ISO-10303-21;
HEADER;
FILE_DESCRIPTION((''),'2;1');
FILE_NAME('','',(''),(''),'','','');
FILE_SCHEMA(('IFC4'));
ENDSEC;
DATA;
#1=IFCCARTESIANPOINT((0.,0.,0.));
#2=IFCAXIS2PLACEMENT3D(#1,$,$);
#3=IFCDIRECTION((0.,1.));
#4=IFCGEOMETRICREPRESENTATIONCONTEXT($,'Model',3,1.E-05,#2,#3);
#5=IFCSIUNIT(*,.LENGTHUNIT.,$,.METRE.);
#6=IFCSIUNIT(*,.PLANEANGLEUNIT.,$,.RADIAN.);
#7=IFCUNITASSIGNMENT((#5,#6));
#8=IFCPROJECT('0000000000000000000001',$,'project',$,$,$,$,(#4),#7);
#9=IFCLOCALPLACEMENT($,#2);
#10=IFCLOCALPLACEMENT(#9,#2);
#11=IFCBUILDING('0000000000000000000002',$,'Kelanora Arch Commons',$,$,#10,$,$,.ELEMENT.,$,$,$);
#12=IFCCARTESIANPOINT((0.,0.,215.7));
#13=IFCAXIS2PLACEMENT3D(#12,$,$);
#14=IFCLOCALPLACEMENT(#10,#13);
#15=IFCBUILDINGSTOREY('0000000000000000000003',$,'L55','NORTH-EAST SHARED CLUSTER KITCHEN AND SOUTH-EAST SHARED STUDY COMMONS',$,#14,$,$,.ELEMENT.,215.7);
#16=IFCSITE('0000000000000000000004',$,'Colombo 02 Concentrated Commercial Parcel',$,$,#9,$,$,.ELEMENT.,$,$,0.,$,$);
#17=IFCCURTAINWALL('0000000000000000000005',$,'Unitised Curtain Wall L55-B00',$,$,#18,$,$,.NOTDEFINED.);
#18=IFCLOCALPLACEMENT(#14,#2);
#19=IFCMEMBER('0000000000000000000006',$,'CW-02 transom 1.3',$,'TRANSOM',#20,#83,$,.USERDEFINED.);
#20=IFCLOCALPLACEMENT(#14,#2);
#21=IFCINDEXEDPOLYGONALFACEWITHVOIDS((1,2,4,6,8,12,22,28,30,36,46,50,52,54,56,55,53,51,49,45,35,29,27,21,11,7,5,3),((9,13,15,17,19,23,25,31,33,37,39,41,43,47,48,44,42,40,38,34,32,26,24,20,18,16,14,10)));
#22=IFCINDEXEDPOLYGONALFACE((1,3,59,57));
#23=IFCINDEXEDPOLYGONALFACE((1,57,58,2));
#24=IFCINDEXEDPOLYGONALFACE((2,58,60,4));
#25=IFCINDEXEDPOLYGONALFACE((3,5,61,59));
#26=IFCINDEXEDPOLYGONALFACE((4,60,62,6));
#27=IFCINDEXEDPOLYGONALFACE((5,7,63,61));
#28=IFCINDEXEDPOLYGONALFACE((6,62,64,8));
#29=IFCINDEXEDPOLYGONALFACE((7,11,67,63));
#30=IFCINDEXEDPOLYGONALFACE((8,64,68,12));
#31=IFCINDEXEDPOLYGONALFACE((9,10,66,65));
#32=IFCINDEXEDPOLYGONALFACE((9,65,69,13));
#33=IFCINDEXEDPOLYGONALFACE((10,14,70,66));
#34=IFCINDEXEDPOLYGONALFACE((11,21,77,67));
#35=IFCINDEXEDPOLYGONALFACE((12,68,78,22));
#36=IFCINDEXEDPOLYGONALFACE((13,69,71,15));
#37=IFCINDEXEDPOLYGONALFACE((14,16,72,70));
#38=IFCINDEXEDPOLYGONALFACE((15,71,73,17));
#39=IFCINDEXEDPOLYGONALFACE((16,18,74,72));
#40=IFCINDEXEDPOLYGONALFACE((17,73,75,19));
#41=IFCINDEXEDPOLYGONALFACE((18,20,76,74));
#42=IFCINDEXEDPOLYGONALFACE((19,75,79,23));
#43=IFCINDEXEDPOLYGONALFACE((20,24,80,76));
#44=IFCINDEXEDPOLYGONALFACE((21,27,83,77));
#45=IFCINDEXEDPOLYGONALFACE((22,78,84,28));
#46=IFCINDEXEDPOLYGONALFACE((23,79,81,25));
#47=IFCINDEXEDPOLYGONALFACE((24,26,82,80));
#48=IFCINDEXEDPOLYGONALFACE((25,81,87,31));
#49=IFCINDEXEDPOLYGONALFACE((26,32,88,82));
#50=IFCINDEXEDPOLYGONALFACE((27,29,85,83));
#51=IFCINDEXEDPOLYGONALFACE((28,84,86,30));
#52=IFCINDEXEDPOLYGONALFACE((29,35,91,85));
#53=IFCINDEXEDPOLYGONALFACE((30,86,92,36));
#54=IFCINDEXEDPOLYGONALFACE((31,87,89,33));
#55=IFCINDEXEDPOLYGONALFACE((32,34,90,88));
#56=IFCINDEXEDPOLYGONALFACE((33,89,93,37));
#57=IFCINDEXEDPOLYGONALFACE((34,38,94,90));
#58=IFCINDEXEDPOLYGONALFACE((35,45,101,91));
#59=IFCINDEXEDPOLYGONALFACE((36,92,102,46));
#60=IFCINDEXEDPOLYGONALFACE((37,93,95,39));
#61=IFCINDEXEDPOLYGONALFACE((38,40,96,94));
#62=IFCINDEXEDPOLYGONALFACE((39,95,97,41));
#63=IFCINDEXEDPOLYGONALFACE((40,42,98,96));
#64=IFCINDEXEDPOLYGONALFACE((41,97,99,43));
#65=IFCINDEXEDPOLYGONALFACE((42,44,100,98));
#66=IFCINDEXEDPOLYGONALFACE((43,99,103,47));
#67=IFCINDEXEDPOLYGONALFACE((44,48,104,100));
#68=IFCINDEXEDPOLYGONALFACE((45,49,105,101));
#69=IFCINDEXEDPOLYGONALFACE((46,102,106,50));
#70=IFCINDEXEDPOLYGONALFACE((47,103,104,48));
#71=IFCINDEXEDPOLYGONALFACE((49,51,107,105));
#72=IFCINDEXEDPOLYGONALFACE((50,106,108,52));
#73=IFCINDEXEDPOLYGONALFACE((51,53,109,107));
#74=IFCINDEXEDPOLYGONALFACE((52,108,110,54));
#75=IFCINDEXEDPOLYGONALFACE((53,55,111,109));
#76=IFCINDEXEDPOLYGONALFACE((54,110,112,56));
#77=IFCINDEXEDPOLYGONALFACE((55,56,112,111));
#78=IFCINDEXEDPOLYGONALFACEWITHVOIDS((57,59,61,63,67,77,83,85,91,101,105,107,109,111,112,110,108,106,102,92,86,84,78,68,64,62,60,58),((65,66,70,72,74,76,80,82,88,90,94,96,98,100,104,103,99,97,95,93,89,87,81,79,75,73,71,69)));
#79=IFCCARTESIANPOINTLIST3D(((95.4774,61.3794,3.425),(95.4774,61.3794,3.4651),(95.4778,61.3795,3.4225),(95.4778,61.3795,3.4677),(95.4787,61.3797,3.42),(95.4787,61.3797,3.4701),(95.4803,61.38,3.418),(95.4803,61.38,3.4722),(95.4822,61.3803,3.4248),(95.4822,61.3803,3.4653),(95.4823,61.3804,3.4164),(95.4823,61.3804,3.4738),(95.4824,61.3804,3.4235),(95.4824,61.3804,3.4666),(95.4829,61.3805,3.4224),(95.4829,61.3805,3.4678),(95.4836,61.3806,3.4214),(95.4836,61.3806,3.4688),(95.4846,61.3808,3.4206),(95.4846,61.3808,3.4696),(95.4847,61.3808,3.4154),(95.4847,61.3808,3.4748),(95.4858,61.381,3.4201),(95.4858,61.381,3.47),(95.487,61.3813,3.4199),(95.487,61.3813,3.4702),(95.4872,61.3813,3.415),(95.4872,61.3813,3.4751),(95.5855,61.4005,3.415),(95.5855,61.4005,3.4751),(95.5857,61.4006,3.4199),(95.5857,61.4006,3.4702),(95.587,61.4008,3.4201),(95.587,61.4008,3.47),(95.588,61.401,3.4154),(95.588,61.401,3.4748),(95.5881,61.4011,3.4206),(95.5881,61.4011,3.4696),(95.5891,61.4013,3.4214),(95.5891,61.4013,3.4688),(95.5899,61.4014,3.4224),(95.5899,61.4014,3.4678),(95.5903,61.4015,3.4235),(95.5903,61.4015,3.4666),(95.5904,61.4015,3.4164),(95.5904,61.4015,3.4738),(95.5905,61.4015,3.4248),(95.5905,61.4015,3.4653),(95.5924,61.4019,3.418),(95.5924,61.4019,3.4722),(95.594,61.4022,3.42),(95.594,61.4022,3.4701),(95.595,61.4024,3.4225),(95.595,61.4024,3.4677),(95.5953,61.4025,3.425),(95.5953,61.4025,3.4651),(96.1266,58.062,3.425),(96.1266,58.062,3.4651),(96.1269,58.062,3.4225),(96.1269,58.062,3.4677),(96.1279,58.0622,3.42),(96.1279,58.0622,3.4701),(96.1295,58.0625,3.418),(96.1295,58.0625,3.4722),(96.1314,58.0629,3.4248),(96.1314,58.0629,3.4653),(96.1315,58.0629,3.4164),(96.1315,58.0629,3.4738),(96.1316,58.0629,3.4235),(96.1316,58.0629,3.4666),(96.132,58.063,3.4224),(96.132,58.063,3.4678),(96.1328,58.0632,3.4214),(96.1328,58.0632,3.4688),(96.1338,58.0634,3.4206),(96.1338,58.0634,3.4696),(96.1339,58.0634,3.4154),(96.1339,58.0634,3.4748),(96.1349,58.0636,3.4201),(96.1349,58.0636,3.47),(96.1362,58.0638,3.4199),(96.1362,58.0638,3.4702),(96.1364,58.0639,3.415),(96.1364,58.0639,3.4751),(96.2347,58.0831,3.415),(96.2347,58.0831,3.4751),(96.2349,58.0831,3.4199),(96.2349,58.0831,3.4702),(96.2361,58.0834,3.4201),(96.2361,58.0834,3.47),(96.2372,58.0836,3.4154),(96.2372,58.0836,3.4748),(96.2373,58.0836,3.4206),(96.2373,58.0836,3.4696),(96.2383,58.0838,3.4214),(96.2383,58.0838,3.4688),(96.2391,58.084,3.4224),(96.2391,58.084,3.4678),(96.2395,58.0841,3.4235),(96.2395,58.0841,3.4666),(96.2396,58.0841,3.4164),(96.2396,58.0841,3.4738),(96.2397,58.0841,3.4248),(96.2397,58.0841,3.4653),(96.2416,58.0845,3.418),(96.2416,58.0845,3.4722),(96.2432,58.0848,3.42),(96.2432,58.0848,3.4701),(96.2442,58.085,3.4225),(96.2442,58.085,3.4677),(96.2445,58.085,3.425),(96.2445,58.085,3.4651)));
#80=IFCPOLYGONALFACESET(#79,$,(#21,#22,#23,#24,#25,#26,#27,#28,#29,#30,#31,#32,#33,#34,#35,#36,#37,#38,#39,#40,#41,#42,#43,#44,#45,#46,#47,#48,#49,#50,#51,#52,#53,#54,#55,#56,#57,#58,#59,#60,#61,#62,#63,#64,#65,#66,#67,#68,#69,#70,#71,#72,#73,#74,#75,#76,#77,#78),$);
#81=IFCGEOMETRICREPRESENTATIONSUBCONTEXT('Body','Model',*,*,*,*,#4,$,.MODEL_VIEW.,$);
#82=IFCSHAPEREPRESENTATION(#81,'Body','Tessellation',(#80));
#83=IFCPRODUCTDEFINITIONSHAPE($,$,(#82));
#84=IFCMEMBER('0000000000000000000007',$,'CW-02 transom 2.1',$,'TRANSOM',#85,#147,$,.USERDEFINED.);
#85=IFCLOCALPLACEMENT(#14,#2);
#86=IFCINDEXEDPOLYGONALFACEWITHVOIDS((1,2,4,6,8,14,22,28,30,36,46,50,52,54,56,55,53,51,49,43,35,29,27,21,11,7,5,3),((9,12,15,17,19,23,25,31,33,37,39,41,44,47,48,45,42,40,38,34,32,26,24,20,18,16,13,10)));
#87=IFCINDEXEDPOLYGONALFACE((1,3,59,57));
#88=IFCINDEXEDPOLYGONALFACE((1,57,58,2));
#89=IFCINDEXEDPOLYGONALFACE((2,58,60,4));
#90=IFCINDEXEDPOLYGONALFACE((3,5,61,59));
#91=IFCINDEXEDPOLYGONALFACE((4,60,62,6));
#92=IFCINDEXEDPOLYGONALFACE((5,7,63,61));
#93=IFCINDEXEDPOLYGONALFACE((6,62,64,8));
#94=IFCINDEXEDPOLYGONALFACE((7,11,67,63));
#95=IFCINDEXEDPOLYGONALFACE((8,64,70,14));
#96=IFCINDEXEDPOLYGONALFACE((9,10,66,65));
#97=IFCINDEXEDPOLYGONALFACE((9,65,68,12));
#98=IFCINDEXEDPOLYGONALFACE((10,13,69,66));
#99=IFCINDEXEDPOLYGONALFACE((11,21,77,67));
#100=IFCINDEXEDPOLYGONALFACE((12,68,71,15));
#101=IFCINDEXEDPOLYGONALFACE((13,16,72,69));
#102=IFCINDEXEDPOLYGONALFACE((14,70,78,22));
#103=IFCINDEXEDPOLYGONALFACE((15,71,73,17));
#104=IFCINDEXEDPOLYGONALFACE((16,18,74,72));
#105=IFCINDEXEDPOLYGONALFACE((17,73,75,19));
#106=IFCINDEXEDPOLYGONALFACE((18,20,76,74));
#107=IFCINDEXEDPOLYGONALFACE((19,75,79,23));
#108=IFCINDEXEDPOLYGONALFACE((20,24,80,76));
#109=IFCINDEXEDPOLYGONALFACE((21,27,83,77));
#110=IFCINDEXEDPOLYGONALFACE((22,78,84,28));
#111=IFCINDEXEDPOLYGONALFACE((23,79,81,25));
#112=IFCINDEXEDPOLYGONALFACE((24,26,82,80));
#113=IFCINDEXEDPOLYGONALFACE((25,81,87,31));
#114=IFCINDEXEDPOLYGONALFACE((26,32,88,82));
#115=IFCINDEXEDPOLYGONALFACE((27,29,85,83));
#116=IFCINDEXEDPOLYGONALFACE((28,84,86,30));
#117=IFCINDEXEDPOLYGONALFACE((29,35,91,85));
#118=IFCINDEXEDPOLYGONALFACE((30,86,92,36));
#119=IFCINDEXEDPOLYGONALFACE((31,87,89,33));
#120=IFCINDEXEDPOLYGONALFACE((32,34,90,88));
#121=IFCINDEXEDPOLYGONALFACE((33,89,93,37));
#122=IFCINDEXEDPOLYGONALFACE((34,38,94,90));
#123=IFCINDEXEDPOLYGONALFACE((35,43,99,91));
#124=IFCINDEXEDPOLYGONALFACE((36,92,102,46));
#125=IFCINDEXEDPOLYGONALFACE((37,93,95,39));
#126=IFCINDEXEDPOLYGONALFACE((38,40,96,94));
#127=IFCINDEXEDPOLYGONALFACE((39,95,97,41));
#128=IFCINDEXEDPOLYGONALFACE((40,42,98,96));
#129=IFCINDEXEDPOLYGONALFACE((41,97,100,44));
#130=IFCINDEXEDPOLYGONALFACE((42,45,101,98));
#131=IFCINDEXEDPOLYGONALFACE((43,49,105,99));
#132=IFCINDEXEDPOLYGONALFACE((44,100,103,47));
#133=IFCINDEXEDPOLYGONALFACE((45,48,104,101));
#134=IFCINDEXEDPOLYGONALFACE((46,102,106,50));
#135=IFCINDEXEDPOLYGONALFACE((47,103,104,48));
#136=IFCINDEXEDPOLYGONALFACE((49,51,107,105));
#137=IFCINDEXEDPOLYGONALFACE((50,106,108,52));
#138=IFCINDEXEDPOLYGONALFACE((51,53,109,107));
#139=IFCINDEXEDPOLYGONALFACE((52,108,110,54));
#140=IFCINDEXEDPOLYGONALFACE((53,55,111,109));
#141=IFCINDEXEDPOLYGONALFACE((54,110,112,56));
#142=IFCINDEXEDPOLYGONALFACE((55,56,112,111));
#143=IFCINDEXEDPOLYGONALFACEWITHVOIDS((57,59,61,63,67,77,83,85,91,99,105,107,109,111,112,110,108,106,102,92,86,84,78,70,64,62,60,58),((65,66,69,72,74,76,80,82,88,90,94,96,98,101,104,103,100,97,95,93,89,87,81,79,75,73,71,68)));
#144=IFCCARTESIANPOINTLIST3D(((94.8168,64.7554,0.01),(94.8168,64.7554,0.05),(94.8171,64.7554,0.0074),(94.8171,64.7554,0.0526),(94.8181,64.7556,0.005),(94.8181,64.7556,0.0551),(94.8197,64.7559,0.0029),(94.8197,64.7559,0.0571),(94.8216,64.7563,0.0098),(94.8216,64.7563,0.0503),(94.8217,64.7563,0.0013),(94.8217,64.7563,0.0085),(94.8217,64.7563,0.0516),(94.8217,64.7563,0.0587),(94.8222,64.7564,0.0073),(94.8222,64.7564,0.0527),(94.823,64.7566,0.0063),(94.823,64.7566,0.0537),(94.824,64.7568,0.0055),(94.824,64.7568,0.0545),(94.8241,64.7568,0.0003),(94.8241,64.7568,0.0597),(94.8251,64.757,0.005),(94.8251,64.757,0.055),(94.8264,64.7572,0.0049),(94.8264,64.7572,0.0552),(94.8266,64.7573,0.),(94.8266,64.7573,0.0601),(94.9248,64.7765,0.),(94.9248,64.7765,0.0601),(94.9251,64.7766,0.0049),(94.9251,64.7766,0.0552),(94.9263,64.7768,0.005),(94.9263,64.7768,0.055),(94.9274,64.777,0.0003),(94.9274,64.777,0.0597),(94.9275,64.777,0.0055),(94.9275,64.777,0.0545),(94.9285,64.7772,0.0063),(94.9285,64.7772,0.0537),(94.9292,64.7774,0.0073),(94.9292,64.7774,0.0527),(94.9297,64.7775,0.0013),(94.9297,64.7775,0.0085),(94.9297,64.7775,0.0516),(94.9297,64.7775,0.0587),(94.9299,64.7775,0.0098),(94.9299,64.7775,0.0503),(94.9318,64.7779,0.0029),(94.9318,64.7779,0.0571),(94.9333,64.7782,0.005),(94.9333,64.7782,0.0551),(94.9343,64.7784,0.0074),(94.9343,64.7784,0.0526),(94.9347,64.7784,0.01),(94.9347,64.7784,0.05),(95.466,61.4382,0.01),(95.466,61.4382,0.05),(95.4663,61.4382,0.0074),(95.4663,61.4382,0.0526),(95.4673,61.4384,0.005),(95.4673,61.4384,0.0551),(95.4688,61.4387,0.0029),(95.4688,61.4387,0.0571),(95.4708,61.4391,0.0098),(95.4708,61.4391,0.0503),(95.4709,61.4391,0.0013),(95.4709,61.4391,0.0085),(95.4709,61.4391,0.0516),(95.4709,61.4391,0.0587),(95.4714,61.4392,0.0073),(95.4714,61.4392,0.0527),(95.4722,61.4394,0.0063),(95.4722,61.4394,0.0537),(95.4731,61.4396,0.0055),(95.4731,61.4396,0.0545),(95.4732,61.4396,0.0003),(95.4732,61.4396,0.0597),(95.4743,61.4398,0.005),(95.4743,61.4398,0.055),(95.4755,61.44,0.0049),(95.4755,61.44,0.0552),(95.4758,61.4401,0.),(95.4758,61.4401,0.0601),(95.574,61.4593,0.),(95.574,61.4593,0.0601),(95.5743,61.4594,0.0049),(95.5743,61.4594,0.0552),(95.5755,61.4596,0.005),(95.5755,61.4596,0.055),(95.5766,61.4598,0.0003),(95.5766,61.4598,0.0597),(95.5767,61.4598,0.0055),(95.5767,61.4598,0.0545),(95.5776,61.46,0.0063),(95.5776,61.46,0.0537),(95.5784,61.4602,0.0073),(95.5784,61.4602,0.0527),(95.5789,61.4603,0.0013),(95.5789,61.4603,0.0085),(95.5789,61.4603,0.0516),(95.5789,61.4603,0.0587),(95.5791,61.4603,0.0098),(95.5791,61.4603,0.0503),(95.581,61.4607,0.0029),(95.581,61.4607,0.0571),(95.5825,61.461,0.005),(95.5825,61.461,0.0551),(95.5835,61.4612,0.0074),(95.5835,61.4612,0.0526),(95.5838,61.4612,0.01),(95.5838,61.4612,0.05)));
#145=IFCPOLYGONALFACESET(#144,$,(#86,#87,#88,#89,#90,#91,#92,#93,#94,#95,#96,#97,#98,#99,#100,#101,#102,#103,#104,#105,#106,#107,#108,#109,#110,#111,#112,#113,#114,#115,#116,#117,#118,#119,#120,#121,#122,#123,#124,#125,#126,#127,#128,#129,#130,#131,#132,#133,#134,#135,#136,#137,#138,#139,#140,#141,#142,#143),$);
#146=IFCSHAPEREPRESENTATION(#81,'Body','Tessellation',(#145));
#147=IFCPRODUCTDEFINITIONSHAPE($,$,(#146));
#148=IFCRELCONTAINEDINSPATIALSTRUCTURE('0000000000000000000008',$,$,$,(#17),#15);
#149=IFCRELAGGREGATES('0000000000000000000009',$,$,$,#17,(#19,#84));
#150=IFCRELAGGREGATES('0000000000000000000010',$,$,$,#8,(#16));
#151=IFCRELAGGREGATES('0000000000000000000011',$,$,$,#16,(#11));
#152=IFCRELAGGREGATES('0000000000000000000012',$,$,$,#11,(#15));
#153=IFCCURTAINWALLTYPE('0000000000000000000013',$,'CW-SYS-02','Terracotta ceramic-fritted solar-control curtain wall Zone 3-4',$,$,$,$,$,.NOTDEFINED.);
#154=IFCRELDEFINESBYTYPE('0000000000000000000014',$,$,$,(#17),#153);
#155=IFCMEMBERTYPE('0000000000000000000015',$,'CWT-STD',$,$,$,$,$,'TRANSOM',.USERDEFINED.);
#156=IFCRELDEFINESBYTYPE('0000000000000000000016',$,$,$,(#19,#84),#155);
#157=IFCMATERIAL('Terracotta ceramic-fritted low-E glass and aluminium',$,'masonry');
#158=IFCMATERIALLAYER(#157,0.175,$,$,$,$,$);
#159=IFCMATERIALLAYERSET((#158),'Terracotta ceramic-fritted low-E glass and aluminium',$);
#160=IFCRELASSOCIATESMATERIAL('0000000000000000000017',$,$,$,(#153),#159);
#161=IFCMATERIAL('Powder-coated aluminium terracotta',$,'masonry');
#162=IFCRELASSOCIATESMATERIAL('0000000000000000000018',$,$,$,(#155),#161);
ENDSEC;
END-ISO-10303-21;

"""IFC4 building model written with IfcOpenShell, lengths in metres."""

from ifc_helpers import new_model, si_unit, direction, frame, origin, origin_2d, place, context, subcontext, project, spatial, hollow_rectangle, extrude, material, layer, layer_set, material_profile, profile_set, type_object, element, aggregate, save


model = new_model("IFC4")

# Units and contexts
model_context = context("Model", 3, precision=1e-05, world=origin(), true_north=direction((0.0, 1.0)))
body_context = subcontext(model_context, "Body", "Model", "MODEL_VIEW")
ifc_project = project(units=[si_unit("LENGTHUNIT", "METRE"), si_unit("PLANEANGLEUNIT", "RADIAN")], contexts=[model_context])

# Site, building, storey
site_placement = place(None, origin())
site = spatial("IfcSite", under=ifc_project, at=site_placement, Name="Colombo 02 Concentrated Commercial Parcel", CompositionType="ELEMENT", RefElevation=0.0)
building_placement = place(site_placement, origin())
building = spatial("IfcBuilding", under=site, at=building_placement, Name="Kelanora Arch Commons", CompositionType="ELEMENT")
storey_placement = place(building_placement, frame((0.0, 0.0, 215.7)))
storey = spatial("IfcBuildingStorey", under=building, at=storey_placement, Name="L55", Description="NORTH-EAST SHARED CLUSTER KITCHEN AND SOUTH-EAST SHARED STUDY COMMONS", CompositionType="ELEMENT", Elevation=215.7)

# Curtain wall, members
ifc_material_1 = material(Name="Terracotta ceramic-fritted low-E glass and aluminium", Category="masonry")
ifc_layer_1 = layer(ifc_material_1, 0.175)
ifc_layer_set_1 = layer_set([ifc_layer_1], Name="Terracotta ceramic-fritted low-E glass and aluminium")
curtain_wall_type = type_object("IfcCurtainWallType", Name="CW-SYS-02", Description="Terracotta ceramic-fritted solar-control curtain wall Zone 3-4", PredefinedType="NOTDEFINED", material=ifc_layer_set_1)
curtain_wall_placement = place(storey_placement, origin())
curtain_wall = element("IfcCurtainWall", 1, at=curtain_wall_placement, inside=storey, type_object=curtain_wall_type, Name="Unitised Curtain Wall L55-B00", PredefinedType="NOTDEFINED")
ifc_material_2 = material(Name="Powder-coated aluminium terracotta", Category="masonry")
ifc_material_profile_1 = material_profile(ifc_material_2, hollow_rectangle(XDim=0.1201, YDim=0.0601, WallThickness=0.0049, InnerFilletRadius=0.0049, OuterFilletRadius=0.01, at=origin_2d()), Name="CWT120x60")
ifc_profile_set_1 = profile_set([ifc_material_profile_1], Name="Powder-coated aluminium terracotta")
member_type_1 = type_object("IfcMemberType", Name="CWT-STD", ElementType="TRANSOM", PredefinedType="USERDEFINED", material=ifc_profile_set_1)
member_1_placement = place(storey_placement, frame((96.1855, 58.0735, 3.4451), z_axis=(-0.192045, 0.981386, 0.0), x_axis=(-0.981386, -0.192045, 0.0)))
member_1 = element("IfcMember", 2, at=member_1_placement, type_object=member_type_1, Name="CW-02 transom 1.3", ObjectType="TRANSOM", PredefinedType="USERDEFINED", context=body_context, shape_type="SweptSolid", body=[
    extrude(hollow_rectangle(XDim=0.1201, YDim=0.0601, WallThickness=0.0049, InnerFilletRadius=0.0049, OuterFilletRadius=0.01, at=origin_2d()), origin(), (0.0, 0.0, 1.0), 3.3804),
])
member_2_placement = place(storey_placement, frame((95.5249, 61.4497, 0.03), z_axis=(-0.192058, 0.981383, 0.0), x_axis=(-0.981383, -0.192058, 0.0)))
member_2 = element("IfcMember", 3, at=member_2_placement, type_object=member_type_1, Name="CW-02 transom 2.1", ObjectType="TRANSOM", PredefinedType="USERDEFINED", context=body_context, shape_type="SweptSolid", body=[
    extrude(hollow_rectangle(XDim=0.1201, YDim=0.0601, WallThickness=0.0049, InnerFilletRadius=0.0049, OuterFilletRadius=0.01, at=origin_2d()), origin(), (0.0, 0.0, 1.0), 3.3801),
])
aggregate(curtain_wall, [member_1, member_2])

save(model, "model.ifc")
